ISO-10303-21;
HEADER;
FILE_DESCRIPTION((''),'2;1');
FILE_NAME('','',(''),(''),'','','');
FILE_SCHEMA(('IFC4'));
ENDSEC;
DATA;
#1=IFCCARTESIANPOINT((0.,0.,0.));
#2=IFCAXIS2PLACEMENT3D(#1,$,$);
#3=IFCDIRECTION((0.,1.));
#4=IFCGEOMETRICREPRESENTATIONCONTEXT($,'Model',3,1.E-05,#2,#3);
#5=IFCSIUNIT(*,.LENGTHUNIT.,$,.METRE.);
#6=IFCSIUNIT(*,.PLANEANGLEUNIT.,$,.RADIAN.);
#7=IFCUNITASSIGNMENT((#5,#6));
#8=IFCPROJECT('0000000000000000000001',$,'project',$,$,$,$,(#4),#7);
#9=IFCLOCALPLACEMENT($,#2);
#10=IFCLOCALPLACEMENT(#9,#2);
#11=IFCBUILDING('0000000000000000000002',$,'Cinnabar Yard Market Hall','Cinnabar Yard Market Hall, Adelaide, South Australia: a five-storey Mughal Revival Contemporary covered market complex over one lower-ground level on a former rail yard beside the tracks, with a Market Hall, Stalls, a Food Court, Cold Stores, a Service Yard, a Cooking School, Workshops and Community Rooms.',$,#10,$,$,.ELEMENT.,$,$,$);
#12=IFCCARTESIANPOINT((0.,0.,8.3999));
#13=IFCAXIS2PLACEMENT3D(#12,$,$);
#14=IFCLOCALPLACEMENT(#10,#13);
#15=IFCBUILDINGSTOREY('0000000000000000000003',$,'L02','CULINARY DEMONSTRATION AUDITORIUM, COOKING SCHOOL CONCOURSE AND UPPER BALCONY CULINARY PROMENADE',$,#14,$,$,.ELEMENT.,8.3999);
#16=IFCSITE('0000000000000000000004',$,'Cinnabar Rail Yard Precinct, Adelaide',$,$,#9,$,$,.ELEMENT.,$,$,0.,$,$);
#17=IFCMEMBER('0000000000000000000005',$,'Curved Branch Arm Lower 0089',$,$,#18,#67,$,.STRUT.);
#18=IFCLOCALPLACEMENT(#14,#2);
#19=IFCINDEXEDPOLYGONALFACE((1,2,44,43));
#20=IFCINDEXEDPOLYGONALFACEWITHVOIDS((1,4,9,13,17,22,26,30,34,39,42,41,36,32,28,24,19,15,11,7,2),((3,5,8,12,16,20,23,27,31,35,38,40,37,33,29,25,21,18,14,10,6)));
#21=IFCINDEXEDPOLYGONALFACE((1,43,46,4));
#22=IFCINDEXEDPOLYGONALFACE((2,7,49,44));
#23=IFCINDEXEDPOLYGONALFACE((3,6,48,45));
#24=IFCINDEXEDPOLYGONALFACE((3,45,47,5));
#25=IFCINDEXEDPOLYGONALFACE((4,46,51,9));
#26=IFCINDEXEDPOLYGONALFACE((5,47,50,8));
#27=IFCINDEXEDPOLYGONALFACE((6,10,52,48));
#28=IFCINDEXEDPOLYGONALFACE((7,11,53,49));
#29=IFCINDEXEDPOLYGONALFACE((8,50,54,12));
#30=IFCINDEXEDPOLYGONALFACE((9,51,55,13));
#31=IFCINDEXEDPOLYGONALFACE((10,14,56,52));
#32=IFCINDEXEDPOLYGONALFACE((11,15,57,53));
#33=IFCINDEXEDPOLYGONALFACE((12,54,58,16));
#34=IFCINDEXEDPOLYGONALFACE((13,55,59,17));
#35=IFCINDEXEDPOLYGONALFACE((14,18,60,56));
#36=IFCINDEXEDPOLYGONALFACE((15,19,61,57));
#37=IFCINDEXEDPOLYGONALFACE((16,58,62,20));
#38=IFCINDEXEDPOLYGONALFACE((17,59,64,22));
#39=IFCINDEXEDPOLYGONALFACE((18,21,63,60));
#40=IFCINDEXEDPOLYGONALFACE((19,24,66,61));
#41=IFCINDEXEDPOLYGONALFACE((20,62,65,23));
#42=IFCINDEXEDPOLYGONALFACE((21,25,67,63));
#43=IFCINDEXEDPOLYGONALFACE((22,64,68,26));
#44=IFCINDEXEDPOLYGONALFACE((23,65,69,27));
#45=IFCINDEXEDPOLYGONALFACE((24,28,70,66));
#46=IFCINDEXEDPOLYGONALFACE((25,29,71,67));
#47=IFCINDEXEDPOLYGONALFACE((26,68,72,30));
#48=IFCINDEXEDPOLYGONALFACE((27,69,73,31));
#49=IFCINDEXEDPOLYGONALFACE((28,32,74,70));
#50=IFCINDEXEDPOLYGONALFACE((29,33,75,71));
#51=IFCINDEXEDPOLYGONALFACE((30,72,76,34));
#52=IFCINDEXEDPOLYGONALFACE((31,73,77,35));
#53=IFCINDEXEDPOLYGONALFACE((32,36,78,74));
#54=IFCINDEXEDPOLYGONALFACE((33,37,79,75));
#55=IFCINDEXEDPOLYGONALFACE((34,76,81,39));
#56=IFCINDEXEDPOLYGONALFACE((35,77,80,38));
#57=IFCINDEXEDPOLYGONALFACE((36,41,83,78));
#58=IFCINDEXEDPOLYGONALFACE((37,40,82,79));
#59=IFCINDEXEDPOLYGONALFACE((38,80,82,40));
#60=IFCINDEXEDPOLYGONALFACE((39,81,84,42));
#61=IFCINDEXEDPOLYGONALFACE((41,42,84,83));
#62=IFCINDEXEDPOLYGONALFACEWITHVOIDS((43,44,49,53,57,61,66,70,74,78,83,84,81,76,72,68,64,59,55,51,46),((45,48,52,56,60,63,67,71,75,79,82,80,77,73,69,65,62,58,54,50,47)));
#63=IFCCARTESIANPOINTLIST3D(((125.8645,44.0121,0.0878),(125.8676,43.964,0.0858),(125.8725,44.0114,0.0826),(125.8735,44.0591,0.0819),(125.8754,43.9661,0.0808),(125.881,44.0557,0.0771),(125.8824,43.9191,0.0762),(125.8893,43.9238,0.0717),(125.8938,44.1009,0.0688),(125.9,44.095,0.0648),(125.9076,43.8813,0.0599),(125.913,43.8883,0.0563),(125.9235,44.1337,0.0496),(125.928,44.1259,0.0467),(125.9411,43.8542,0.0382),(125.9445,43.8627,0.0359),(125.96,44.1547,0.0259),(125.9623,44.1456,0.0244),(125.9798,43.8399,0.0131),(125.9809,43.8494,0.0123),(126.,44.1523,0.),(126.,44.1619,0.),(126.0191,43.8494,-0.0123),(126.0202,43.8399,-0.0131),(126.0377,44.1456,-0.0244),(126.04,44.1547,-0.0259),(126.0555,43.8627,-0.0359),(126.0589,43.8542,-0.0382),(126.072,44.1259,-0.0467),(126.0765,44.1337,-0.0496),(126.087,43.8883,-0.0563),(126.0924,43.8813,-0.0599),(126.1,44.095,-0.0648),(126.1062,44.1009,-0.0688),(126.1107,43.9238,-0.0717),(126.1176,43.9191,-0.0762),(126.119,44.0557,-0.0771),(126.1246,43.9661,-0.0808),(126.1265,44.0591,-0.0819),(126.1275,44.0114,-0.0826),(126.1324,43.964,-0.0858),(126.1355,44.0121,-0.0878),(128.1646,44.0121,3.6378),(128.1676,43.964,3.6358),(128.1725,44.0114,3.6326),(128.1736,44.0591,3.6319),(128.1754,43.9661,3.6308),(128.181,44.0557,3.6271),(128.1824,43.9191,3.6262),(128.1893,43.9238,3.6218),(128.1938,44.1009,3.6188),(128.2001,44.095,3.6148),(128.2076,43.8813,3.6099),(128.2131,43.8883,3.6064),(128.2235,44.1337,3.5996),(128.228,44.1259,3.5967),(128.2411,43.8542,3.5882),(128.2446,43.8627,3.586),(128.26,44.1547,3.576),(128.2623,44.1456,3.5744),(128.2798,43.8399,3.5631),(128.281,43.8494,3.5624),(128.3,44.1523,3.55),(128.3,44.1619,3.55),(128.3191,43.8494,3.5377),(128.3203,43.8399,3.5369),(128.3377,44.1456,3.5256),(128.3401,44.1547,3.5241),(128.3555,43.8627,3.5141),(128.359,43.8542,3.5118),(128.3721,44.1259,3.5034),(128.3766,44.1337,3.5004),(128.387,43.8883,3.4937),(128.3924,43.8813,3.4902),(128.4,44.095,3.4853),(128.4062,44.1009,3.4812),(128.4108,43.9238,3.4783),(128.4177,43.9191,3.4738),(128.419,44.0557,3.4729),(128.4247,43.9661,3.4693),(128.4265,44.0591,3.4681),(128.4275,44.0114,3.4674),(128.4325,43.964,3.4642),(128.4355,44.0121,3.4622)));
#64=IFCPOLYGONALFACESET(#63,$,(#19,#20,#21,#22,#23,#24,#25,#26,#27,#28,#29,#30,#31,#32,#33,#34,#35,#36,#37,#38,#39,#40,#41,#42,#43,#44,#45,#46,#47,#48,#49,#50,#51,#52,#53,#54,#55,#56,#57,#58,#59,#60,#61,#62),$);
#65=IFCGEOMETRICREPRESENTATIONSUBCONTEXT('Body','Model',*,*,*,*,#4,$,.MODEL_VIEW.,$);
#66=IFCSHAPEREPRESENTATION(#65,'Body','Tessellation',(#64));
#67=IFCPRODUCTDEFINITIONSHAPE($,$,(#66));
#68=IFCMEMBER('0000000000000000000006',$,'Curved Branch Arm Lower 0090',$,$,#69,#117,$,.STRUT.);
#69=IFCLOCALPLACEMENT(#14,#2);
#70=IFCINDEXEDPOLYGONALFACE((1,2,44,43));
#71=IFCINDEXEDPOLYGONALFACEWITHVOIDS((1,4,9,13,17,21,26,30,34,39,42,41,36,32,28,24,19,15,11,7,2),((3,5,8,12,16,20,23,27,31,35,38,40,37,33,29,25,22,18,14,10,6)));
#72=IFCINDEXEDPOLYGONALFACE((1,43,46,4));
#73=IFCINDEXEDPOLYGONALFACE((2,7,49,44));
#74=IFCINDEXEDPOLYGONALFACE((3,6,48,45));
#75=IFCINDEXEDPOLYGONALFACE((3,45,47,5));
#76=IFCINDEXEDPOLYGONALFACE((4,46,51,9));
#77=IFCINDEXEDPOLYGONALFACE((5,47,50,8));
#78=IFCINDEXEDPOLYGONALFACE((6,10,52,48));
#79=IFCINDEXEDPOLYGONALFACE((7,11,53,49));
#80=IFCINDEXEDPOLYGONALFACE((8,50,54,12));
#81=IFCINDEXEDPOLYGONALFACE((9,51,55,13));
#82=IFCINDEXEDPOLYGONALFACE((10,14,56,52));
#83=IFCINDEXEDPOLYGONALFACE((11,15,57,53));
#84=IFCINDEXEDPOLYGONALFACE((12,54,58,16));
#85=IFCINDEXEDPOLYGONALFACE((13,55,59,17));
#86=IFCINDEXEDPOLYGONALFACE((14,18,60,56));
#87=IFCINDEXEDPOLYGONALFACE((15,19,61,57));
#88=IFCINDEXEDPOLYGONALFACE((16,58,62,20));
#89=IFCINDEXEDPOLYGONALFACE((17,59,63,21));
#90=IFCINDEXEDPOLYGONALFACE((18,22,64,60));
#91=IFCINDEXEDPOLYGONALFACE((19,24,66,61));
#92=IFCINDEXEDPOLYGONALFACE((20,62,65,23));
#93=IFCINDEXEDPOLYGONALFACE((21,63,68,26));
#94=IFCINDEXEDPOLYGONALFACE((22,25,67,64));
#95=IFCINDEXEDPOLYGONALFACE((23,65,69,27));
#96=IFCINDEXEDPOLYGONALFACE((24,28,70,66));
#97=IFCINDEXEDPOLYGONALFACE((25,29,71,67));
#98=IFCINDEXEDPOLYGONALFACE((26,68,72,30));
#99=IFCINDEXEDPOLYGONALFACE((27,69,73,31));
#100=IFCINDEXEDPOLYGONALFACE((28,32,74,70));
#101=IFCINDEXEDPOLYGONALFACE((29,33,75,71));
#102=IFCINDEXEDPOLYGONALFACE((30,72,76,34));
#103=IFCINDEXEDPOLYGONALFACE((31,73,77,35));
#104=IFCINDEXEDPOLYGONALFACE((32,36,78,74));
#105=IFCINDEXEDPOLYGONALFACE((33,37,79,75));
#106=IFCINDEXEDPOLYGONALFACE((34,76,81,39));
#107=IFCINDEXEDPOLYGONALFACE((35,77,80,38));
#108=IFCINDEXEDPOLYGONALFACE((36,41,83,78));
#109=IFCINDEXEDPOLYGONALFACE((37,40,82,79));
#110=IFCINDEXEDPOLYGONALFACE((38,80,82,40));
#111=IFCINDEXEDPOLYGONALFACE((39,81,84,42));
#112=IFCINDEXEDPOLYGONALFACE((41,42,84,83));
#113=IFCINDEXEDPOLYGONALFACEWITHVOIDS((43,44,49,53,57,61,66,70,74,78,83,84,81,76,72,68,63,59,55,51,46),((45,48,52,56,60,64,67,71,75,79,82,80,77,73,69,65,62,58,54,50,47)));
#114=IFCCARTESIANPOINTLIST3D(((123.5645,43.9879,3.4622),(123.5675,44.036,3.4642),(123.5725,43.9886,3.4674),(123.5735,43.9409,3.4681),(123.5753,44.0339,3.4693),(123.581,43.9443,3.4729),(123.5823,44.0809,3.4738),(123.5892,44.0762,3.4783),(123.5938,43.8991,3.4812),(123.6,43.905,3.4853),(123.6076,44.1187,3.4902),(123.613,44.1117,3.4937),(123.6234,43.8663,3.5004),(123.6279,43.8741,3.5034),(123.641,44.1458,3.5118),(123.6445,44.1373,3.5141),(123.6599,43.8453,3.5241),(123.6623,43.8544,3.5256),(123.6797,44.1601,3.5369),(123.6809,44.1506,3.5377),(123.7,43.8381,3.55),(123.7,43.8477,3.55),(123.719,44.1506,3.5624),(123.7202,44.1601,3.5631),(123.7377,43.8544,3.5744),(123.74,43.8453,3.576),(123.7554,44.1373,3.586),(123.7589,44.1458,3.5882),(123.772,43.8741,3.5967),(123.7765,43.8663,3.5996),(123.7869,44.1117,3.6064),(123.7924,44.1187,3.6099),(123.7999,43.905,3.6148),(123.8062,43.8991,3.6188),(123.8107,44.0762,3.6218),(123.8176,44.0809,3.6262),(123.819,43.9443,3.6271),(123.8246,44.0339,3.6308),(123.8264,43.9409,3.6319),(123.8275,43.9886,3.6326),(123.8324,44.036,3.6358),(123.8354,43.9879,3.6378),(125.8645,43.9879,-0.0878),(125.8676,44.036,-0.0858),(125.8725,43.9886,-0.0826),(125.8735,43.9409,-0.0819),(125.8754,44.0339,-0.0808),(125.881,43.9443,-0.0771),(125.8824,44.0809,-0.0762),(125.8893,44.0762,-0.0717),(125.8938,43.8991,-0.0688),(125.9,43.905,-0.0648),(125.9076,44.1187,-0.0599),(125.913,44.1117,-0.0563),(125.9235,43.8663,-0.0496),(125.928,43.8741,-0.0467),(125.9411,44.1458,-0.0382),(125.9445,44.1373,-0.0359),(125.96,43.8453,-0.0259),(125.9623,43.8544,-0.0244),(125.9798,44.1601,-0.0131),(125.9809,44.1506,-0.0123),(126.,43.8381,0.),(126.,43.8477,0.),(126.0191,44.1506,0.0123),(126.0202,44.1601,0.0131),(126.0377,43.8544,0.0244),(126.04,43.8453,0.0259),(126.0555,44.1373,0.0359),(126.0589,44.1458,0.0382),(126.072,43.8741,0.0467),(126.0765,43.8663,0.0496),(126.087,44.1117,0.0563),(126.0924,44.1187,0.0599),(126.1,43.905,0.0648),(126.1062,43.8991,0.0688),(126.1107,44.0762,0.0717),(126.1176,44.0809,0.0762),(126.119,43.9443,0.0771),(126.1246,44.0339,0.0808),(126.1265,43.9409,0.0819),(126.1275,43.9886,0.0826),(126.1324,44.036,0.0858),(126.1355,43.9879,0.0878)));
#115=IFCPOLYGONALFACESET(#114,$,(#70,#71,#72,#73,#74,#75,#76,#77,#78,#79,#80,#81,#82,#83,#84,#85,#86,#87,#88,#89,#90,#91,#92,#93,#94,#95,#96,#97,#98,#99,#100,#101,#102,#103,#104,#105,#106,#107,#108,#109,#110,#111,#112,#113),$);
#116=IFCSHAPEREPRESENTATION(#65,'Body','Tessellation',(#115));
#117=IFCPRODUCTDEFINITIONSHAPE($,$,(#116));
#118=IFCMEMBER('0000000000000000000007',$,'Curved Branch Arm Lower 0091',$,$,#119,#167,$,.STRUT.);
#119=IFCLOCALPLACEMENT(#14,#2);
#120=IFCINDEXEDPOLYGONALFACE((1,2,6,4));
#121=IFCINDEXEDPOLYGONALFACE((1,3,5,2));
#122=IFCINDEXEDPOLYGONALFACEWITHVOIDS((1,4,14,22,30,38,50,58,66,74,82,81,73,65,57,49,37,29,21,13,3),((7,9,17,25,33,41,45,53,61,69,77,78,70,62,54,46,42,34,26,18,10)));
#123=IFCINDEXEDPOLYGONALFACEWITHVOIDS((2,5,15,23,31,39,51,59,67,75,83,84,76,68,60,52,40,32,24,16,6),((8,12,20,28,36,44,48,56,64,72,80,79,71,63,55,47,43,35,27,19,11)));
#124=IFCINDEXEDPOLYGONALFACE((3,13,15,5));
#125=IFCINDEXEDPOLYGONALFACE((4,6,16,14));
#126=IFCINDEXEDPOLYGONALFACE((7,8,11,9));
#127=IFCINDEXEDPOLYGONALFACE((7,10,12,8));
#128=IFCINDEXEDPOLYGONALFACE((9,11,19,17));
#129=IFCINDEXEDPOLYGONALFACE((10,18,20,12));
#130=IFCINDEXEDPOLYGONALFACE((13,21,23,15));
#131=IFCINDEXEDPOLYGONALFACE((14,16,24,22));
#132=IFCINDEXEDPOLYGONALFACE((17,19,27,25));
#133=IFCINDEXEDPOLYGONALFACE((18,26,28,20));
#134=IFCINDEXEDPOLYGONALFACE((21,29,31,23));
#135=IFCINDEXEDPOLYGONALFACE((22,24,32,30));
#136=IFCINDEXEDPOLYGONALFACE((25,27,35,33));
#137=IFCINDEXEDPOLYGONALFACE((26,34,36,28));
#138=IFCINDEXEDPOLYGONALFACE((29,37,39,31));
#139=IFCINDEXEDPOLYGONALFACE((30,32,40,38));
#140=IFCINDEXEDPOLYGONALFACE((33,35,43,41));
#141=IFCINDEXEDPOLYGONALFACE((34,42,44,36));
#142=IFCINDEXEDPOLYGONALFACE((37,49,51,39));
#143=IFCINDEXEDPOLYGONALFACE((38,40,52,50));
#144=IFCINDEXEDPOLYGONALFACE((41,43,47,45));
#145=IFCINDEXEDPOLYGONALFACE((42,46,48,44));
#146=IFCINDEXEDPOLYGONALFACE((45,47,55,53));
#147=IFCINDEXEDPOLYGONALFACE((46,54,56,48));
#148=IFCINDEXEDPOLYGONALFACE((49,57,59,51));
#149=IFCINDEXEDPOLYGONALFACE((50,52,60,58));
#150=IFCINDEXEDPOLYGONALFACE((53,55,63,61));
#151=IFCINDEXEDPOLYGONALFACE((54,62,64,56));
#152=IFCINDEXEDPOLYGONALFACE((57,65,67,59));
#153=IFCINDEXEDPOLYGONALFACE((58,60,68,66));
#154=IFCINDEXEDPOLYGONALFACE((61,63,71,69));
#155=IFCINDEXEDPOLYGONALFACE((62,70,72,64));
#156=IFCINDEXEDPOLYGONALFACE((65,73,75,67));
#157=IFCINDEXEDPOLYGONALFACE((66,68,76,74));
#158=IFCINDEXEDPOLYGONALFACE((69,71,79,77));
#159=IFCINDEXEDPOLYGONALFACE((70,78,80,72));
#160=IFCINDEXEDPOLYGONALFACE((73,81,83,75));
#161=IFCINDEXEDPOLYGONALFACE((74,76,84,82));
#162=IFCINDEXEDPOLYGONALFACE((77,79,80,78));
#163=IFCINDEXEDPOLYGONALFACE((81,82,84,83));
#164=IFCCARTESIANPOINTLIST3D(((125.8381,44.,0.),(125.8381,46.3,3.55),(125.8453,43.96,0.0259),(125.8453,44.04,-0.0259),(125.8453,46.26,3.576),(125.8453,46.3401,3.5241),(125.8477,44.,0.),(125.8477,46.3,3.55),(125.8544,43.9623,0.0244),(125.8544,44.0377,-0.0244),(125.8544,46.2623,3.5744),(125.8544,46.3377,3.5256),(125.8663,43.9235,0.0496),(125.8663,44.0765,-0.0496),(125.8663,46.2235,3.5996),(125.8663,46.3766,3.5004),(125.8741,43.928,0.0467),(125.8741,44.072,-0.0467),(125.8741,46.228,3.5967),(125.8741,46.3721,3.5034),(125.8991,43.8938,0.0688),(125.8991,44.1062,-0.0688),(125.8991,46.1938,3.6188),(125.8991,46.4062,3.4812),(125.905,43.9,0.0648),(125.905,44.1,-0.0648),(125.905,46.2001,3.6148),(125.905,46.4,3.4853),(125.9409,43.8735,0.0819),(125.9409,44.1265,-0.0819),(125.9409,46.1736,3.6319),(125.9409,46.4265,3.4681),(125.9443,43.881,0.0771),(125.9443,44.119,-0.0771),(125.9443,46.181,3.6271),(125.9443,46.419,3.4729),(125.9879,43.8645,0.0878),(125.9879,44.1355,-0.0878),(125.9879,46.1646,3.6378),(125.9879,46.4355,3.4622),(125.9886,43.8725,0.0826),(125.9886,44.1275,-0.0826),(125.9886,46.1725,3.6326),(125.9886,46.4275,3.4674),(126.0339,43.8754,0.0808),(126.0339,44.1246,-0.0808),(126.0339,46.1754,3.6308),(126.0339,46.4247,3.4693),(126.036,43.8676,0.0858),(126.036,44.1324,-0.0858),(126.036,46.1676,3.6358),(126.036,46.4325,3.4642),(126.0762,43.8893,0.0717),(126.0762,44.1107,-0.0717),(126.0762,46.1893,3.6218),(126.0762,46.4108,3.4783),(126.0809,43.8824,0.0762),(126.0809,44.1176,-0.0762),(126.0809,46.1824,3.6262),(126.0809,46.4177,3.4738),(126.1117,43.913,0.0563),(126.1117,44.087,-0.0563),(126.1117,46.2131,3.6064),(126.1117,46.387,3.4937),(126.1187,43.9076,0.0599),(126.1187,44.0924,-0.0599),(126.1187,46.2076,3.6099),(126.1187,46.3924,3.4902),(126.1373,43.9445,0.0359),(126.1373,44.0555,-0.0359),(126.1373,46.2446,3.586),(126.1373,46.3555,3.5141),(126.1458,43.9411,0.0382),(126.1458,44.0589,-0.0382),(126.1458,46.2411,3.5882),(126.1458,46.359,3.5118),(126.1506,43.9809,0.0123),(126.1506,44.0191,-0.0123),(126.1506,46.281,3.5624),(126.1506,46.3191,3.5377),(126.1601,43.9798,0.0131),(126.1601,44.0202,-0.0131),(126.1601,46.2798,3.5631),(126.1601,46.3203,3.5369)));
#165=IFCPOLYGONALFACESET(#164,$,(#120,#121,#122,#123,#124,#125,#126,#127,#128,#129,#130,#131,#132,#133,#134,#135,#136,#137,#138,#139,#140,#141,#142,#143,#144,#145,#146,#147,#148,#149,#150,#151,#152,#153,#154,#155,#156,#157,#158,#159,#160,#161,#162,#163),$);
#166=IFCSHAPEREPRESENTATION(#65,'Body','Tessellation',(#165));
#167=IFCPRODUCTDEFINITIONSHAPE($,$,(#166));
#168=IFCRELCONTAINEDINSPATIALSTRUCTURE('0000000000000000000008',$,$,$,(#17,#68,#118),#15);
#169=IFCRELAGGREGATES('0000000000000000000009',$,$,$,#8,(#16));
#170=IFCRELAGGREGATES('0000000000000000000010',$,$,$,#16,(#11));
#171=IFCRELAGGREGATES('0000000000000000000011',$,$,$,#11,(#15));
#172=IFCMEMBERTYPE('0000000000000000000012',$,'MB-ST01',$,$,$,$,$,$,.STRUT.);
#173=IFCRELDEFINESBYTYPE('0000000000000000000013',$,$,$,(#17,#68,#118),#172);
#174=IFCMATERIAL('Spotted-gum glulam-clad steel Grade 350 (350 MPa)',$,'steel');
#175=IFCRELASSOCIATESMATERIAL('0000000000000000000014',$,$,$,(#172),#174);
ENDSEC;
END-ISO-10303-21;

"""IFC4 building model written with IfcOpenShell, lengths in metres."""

from ifc_helpers import new_model, si_unit, direction, frame, origin, origin_2d_with_axis, place, context, subcontext, project, spatial, hollow_circle, extrude, material, material_profile, profile_set, type_object, element, save


model = new_model("IFC4")

# Units and contexts
model_context = context("Model", 3, precision=1e-05, world=origin(), true_north=direction((0.0, 1.0)))
body_context = subcontext(model_context, "Body", "Model", "MODEL_VIEW")
ifc_project = project(units=[si_unit("LENGTHUNIT", "METRE"), si_unit("PLANEANGLEUNIT", "RADIAN")], contexts=[model_context])

# Site, building, storey
site_placement = place(None, origin())
site = spatial("IfcSite", under=ifc_project, at=site_placement, Name="Cinnabar Rail Yard Precinct, Adelaide", CompositionType="ELEMENT", RefElevation=0.0)
building_placement = place(site_placement, origin())
building = spatial("IfcBuilding", under=site, at=building_placement, Name="Cinnabar Yard Market Hall", Description="Cinnabar Yard Market Hall, Adelaide, South Australia: a five-storey Mughal Revival Contemporary covered market complex over one lower-ground level on a former rail yard beside the tracks, with a Market Hall, Stalls, a Food Court, Cold Stores, a Service Yard, a Cooking School, Workshops and Community Rooms.", CompositionType="ELEMENT")
storey_placement = place(building_placement, frame((0.0, 0.0, 8.3999)))
storey = spatial("IfcBuildingStorey", under=building, at=storey_placement, Name="L02", Description="CULINARY DEMONSTRATION AUDITORIUM, COOKING SCHOOL CONCOURSE AND UPPER BALCONY CULINARY PROMENADE", CompositionType="ELEMENT", Elevation=8.3999)

# Shared definitions
ifc_material_1 = material(Name="Spotted-gum glulam-clad steel Grade 350 (350 MPa)", Category="steel")

# Members
ifc_material_profile_1 = material_profile(ifc_material_1, hollow_circle(Radius=0.1619, WallThickness=0.0095, at=origin_2d_with_axis()), Name="323.9x9.5CHS")
ifc_profile_set_1 = profile_set([ifc_material_profile_1], Name="Spotted-gum glulam-clad steel Grade 350 (350 MPa)")
member_type_1 = type_object("IfcMemberType", Name="MB-ST01", PredefinedType="STRUT", material=ifc_profile_set_1)
for number, where, z_axis, x_axis, name in (
    (1, (126.0, 44.0, 0.0), (0.543744, 0.0, 0.839251), (0.0, 1.0, 0.0), "Curved Branch Arm Lower 0089"),
    (2, (126.0, 44.0, 0.0), (-0.543744, 0.0, 0.839251), (0.0, -1.0, 0.0), "Curved Branch Arm Lower 0090"),
    (3, (126.0, 44.0, 0.0), (0.0, 0.543744, 0.839251), (-1.0, 0.0, 0.0), "Curved Branch Arm Lower 0091"),
):
    element("IfcMember", number, at=place(storey_placement, frame(where, z_axis=z_axis, x_axis=x_axis)), inside=storey, type_object=member_type_1, Name=name, PredefinedType="STRUT", context=body_context, shape_type="SweptSolid", body=[
        extrude(hollow_circle(Radius=0.1619, WallThickness=0.0095, at=origin_2d_with_axis()), origin(), (0.0, 0.0, 1.0), 4.23),
    ])

save(model, "model.ifc")
